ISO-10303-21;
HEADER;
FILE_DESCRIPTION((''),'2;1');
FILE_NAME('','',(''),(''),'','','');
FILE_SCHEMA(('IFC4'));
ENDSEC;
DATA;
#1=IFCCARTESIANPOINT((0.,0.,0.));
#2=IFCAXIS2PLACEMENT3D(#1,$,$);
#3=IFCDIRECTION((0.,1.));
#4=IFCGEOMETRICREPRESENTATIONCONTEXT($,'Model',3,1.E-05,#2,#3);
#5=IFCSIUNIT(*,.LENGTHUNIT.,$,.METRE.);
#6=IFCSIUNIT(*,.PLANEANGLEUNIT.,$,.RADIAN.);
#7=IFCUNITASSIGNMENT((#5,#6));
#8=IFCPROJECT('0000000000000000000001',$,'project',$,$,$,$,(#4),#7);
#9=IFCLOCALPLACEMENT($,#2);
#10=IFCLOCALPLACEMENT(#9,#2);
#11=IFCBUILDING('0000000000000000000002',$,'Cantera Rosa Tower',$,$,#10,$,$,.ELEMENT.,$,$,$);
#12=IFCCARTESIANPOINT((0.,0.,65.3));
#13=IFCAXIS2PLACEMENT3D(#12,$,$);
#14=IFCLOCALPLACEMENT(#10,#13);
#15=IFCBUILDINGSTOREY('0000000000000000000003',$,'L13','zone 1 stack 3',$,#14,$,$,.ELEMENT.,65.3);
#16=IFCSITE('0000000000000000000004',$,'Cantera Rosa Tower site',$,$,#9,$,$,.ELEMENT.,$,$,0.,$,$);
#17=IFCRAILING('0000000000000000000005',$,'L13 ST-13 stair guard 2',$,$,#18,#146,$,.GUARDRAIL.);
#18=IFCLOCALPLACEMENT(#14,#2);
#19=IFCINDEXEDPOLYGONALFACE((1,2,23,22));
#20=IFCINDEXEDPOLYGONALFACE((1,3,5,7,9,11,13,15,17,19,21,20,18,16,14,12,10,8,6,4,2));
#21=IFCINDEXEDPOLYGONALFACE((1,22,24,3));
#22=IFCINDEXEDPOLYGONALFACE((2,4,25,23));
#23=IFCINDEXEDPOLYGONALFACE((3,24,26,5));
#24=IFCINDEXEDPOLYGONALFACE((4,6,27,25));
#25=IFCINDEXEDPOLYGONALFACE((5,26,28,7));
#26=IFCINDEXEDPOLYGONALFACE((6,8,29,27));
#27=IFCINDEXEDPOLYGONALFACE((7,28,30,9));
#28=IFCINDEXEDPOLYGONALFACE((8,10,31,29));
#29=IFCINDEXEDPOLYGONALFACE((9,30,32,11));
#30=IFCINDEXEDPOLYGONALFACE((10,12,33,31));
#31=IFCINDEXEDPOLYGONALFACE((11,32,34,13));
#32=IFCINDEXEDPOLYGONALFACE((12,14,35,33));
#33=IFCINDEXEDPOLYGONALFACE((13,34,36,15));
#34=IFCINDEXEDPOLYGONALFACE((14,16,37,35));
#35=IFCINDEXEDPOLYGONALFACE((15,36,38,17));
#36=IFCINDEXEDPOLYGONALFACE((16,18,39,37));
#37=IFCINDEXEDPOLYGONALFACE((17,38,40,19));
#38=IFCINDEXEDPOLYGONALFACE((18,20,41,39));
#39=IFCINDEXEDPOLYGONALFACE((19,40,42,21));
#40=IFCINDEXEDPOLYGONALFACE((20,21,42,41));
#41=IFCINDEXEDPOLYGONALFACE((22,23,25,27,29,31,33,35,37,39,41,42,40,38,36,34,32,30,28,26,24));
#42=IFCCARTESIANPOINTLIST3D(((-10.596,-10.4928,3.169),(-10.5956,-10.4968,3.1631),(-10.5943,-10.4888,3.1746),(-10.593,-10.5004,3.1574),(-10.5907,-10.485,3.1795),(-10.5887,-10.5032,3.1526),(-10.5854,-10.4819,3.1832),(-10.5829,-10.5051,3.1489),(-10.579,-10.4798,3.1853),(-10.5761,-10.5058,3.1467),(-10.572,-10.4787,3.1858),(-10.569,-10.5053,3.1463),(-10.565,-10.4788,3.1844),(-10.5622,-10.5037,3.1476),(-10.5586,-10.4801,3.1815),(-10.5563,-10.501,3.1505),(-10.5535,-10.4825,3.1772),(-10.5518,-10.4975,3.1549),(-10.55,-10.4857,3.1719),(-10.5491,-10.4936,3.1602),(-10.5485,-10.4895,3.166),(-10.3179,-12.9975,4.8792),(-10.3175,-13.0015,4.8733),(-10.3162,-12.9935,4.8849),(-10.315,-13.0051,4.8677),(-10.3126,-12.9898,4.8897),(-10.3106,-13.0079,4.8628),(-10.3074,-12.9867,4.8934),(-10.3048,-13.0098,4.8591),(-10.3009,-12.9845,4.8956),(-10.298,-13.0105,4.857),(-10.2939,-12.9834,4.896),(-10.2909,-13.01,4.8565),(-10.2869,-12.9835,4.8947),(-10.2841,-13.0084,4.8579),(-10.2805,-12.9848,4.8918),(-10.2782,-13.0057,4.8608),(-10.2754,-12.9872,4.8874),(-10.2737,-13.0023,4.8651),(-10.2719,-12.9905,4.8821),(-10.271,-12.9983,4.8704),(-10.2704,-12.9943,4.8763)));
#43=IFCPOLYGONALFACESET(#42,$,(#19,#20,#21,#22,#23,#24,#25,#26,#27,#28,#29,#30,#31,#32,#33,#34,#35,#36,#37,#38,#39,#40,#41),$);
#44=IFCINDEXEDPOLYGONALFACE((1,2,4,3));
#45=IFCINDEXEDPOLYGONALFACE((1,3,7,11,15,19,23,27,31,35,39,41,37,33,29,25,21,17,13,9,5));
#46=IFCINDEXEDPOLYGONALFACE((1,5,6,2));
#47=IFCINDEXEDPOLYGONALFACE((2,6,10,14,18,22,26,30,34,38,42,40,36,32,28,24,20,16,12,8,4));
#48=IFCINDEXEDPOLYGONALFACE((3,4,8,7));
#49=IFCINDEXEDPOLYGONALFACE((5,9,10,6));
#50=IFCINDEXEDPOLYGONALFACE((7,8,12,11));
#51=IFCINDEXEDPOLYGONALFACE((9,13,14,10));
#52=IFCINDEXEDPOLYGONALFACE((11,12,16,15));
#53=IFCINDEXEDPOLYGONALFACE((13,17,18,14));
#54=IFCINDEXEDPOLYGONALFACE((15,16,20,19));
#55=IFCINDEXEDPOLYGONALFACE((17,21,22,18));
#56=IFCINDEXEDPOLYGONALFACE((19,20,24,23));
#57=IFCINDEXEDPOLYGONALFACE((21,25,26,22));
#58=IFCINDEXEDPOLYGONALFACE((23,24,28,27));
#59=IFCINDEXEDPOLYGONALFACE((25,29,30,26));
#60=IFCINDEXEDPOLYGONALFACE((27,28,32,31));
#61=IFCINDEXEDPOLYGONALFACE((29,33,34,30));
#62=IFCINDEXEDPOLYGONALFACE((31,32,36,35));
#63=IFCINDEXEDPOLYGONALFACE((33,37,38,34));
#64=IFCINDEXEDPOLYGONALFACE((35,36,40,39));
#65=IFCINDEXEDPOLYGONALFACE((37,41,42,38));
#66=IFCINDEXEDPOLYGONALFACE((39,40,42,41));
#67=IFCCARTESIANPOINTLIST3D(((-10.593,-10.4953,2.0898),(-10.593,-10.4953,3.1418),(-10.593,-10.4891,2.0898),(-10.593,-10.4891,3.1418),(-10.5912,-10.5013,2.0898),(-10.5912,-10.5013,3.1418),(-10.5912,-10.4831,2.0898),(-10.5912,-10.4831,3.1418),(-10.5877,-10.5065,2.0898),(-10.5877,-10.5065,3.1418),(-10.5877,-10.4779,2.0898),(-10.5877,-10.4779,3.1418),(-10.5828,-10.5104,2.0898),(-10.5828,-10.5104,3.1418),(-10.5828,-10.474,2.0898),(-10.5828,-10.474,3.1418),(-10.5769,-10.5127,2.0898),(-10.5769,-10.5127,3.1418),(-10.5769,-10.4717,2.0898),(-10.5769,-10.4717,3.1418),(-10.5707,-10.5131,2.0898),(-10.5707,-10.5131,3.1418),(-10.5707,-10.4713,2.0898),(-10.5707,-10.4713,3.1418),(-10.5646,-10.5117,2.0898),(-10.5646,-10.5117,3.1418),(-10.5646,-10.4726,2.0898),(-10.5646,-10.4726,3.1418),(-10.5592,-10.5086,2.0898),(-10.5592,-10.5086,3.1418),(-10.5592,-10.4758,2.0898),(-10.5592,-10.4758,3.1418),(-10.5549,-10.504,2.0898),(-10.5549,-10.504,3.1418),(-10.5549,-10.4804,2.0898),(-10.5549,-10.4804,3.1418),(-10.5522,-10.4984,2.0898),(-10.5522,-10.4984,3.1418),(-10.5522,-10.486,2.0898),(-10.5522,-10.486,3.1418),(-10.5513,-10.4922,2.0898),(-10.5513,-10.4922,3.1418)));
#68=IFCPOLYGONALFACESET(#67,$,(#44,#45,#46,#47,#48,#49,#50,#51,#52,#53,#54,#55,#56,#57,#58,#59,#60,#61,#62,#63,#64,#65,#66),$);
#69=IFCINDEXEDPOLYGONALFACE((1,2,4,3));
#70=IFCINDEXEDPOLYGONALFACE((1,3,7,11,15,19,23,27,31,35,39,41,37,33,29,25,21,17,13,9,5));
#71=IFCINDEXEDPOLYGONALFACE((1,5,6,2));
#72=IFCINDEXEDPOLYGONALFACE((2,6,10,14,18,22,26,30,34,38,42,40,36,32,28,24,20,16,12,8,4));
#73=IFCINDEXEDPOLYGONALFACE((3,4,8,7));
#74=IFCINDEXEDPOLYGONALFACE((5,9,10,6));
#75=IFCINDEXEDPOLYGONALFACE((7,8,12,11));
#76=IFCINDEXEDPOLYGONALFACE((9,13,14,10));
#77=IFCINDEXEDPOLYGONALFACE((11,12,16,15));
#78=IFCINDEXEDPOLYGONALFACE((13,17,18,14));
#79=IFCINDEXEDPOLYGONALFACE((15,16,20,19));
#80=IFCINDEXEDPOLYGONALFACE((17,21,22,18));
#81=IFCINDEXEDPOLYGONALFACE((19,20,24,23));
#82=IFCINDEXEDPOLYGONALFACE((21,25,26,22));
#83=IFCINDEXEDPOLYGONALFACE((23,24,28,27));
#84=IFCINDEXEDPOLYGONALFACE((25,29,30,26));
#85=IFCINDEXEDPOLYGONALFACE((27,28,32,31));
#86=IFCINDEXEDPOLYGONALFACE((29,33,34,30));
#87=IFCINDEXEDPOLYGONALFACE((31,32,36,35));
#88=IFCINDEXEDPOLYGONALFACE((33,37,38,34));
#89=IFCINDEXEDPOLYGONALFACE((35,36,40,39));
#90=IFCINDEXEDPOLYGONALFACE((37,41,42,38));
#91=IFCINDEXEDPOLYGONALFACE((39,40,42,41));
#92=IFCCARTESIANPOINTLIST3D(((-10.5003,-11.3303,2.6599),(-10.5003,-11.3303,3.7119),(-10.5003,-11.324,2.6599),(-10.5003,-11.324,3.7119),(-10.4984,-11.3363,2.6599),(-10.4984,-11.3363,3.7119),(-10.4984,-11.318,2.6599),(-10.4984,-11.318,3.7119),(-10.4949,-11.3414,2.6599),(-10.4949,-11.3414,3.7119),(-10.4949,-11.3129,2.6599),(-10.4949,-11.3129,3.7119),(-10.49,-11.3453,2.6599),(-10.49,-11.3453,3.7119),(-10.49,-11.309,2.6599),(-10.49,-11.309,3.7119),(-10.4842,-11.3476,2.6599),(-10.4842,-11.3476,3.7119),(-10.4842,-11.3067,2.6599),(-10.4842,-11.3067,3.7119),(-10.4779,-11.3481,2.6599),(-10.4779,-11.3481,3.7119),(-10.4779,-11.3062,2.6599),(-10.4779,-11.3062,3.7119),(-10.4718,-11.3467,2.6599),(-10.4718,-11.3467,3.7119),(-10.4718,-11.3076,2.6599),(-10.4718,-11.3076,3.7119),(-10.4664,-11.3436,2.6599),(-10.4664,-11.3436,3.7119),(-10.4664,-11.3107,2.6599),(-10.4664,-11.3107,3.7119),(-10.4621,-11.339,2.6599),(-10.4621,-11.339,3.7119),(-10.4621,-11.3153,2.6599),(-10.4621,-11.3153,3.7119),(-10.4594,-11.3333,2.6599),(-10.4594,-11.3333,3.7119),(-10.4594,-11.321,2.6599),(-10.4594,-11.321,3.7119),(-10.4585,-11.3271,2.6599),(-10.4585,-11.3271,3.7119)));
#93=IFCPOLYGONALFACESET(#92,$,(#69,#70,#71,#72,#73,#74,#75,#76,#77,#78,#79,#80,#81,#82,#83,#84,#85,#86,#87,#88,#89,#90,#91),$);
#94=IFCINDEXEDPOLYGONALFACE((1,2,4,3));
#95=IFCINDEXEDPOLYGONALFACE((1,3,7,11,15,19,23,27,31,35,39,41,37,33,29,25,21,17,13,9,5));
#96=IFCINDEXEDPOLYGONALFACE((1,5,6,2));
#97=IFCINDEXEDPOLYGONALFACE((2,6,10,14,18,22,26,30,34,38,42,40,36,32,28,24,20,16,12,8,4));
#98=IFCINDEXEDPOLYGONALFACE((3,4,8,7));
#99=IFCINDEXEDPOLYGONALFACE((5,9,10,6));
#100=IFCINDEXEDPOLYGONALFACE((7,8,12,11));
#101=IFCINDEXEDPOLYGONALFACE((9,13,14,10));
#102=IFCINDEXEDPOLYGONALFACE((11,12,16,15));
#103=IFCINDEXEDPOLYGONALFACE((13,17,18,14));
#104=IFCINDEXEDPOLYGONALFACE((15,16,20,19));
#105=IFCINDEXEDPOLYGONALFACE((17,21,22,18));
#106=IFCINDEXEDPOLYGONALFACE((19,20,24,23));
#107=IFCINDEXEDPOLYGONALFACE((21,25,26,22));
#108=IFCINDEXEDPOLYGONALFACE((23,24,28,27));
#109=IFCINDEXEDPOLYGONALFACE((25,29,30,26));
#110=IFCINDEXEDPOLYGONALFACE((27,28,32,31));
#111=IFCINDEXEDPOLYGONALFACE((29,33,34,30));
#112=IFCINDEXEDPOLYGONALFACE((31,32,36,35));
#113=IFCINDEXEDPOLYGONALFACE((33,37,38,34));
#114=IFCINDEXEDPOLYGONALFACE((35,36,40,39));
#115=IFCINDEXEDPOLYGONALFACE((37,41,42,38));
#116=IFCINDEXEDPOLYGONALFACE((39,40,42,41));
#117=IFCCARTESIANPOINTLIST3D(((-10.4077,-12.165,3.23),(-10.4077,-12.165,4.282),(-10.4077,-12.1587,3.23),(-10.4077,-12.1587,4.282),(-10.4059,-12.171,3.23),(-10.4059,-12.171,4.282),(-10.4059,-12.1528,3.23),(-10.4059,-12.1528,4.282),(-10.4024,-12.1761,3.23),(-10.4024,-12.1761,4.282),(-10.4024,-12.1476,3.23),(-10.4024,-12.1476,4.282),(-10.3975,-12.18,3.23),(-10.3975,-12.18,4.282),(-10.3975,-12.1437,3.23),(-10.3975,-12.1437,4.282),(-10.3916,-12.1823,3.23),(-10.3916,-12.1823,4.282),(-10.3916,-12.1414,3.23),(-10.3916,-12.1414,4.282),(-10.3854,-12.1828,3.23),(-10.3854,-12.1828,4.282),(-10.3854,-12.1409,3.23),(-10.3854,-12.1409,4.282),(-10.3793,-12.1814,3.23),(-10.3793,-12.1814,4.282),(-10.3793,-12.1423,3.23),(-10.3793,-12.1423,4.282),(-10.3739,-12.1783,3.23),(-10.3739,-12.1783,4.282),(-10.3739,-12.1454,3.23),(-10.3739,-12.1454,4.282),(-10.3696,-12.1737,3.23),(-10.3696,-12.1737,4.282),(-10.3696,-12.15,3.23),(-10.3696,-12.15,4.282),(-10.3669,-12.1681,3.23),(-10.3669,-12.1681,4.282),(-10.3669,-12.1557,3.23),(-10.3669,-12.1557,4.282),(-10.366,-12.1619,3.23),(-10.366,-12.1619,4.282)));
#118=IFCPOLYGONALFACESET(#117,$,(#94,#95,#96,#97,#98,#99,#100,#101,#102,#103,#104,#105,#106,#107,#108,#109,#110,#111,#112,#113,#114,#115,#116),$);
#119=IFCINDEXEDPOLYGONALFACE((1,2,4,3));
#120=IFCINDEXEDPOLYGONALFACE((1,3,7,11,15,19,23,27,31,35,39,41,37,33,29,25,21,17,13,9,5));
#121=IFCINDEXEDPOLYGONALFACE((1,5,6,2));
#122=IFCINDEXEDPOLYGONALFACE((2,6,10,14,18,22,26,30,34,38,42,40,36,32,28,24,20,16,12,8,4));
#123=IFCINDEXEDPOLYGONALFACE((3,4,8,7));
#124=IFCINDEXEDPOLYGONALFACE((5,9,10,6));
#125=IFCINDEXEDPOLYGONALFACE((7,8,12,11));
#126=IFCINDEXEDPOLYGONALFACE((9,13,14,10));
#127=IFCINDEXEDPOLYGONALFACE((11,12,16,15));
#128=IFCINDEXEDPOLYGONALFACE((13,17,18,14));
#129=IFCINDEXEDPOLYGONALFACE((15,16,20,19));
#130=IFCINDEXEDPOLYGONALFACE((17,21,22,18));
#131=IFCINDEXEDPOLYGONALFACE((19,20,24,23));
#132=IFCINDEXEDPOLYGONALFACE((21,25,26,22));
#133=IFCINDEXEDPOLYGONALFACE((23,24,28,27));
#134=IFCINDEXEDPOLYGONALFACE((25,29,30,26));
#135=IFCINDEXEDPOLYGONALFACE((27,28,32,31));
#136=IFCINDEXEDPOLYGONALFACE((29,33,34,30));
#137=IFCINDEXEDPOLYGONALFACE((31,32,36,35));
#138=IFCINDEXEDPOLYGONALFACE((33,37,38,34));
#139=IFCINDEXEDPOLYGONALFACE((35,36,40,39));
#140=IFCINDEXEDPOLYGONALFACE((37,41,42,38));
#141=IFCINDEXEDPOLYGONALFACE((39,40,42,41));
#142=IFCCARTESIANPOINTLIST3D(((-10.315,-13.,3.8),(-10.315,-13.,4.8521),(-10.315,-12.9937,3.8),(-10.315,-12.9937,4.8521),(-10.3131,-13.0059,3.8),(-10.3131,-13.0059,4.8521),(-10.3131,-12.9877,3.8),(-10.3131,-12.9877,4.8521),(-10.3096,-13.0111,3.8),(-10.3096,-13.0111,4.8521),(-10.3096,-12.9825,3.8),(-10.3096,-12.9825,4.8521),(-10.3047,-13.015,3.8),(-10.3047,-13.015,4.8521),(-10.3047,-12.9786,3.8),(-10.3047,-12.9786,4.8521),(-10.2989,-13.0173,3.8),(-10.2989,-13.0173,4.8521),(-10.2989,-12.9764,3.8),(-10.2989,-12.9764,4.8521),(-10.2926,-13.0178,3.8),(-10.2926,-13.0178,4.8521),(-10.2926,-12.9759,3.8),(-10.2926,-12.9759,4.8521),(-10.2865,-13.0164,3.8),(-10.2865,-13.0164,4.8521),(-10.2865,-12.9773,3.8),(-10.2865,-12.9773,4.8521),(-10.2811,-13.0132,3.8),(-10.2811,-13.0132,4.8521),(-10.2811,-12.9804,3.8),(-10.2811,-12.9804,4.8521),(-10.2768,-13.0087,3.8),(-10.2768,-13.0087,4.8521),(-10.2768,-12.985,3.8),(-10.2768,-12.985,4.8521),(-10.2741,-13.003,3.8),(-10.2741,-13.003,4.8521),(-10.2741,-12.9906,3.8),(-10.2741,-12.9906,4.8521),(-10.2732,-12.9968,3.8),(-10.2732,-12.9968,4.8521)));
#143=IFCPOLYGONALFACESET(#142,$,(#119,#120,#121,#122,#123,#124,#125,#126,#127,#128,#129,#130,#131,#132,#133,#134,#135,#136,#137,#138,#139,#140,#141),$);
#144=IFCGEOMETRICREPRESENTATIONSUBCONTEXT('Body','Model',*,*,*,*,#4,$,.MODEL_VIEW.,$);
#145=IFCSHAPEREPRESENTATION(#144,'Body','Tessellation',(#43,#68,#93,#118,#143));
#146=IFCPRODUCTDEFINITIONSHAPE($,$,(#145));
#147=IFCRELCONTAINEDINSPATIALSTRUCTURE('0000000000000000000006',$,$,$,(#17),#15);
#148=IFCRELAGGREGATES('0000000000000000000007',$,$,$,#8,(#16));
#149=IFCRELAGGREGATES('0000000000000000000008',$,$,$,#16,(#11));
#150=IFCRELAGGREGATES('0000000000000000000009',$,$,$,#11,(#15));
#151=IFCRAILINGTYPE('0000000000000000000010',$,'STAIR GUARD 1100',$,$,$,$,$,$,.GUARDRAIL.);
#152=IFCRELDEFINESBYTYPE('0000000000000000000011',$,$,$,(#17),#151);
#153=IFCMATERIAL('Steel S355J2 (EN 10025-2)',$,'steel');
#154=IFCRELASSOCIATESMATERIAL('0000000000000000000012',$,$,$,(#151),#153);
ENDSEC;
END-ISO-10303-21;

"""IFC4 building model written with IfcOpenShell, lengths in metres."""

from ifc_helpers import new_model, si_unit, direction, frame, origin, origin_2d, place, context, subcontext, project, spatial, circle, extrude, material, type_object, element, save


model = new_model("IFC4")

# Units and contexts
model_context = context("Model", 3, precision=1e-05, world=origin(), true_north=direction((0.0, 1.0)))
body_context = subcontext(model_context, "Body", "Model", "MODEL_VIEW")
ifc_project = project(units=[si_unit("LENGTHUNIT", "METRE"), si_unit("PLANEANGLEUNIT", "RADIAN")], contexts=[model_context])

# Site, building, storey
site_placement = place(None, origin())
site = spatial("IfcSite", under=ifc_project, at=site_placement, Name="Cantera Rosa Tower site", CompositionType="ELEMENT", RefElevation=0.0)
building_placement = place(site_placement, origin())
building = spatial("IfcBuilding", under=site, at=building_placement, Name="Cantera Rosa Tower", CompositionType="ELEMENT")
storey_placement = place(building_placement, frame((0.0, 0.0, 65.3)))
storey = spatial("IfcBuildingStorey", under=building, at=storey_placement, Name="L13", Description="zone 1 stack 3", CompositionType="ELEMENT", Elevation=65.3)

# Railing
ifc_material_1 = material(Name="Steel S355J2 (EN 10025-2)", Category="steel")
railing_type_1 = type_object("IfcRailingType", Name="STAIR GUARD 1100", PredefinedType="GUARDRAIL", material=ifc_material_1)
railing_1_placement = place(storey_placement, frame((-10.5723, -10.4922, 2.0898)))
element("IfcRailing", 1, at=railing_1_placement, inside=storey, type_object=railing_type_1, Name="L13 ST-13 stair guard 2", PredefinedType="GUARDRAIL", context=body_context, shape_type="SweptSolid", body=[
    extrude(circle(Radius=0.0239, at=origin_2d()), frame((0.0, 0.0, 1.0762), z_axis=(0.091306, -0.822394, 0.561543), x_axis=(0.993893, 0.110346, 0.0)), (0.0, 0.0, 1.0), 3.0457),
    extrude(circle(Radius=0.021, at=origin_2d()), origin(), (0.0, 0.0, 1.0), 1.052),
    extrude(circle(Radius=0.021, at=origin_2d()), frame((0.0928, -0.835, 0.5701)), (0.0, 0.0, 1.0), 1.052),
    extrude(circle(Radius=0.021, at=origin_2d()), frame((0.1853, -1.6697, 1.1401)), (0.0, 0.0, 1.0), 1.052),
    extrude(circle(Radius=0.021, at=origin_2d()), frame((0.2781, -2.5046, 1.7102)), (0.0, 0.0, 1.0), 1.052),
])

save(model, "model.ifc")
